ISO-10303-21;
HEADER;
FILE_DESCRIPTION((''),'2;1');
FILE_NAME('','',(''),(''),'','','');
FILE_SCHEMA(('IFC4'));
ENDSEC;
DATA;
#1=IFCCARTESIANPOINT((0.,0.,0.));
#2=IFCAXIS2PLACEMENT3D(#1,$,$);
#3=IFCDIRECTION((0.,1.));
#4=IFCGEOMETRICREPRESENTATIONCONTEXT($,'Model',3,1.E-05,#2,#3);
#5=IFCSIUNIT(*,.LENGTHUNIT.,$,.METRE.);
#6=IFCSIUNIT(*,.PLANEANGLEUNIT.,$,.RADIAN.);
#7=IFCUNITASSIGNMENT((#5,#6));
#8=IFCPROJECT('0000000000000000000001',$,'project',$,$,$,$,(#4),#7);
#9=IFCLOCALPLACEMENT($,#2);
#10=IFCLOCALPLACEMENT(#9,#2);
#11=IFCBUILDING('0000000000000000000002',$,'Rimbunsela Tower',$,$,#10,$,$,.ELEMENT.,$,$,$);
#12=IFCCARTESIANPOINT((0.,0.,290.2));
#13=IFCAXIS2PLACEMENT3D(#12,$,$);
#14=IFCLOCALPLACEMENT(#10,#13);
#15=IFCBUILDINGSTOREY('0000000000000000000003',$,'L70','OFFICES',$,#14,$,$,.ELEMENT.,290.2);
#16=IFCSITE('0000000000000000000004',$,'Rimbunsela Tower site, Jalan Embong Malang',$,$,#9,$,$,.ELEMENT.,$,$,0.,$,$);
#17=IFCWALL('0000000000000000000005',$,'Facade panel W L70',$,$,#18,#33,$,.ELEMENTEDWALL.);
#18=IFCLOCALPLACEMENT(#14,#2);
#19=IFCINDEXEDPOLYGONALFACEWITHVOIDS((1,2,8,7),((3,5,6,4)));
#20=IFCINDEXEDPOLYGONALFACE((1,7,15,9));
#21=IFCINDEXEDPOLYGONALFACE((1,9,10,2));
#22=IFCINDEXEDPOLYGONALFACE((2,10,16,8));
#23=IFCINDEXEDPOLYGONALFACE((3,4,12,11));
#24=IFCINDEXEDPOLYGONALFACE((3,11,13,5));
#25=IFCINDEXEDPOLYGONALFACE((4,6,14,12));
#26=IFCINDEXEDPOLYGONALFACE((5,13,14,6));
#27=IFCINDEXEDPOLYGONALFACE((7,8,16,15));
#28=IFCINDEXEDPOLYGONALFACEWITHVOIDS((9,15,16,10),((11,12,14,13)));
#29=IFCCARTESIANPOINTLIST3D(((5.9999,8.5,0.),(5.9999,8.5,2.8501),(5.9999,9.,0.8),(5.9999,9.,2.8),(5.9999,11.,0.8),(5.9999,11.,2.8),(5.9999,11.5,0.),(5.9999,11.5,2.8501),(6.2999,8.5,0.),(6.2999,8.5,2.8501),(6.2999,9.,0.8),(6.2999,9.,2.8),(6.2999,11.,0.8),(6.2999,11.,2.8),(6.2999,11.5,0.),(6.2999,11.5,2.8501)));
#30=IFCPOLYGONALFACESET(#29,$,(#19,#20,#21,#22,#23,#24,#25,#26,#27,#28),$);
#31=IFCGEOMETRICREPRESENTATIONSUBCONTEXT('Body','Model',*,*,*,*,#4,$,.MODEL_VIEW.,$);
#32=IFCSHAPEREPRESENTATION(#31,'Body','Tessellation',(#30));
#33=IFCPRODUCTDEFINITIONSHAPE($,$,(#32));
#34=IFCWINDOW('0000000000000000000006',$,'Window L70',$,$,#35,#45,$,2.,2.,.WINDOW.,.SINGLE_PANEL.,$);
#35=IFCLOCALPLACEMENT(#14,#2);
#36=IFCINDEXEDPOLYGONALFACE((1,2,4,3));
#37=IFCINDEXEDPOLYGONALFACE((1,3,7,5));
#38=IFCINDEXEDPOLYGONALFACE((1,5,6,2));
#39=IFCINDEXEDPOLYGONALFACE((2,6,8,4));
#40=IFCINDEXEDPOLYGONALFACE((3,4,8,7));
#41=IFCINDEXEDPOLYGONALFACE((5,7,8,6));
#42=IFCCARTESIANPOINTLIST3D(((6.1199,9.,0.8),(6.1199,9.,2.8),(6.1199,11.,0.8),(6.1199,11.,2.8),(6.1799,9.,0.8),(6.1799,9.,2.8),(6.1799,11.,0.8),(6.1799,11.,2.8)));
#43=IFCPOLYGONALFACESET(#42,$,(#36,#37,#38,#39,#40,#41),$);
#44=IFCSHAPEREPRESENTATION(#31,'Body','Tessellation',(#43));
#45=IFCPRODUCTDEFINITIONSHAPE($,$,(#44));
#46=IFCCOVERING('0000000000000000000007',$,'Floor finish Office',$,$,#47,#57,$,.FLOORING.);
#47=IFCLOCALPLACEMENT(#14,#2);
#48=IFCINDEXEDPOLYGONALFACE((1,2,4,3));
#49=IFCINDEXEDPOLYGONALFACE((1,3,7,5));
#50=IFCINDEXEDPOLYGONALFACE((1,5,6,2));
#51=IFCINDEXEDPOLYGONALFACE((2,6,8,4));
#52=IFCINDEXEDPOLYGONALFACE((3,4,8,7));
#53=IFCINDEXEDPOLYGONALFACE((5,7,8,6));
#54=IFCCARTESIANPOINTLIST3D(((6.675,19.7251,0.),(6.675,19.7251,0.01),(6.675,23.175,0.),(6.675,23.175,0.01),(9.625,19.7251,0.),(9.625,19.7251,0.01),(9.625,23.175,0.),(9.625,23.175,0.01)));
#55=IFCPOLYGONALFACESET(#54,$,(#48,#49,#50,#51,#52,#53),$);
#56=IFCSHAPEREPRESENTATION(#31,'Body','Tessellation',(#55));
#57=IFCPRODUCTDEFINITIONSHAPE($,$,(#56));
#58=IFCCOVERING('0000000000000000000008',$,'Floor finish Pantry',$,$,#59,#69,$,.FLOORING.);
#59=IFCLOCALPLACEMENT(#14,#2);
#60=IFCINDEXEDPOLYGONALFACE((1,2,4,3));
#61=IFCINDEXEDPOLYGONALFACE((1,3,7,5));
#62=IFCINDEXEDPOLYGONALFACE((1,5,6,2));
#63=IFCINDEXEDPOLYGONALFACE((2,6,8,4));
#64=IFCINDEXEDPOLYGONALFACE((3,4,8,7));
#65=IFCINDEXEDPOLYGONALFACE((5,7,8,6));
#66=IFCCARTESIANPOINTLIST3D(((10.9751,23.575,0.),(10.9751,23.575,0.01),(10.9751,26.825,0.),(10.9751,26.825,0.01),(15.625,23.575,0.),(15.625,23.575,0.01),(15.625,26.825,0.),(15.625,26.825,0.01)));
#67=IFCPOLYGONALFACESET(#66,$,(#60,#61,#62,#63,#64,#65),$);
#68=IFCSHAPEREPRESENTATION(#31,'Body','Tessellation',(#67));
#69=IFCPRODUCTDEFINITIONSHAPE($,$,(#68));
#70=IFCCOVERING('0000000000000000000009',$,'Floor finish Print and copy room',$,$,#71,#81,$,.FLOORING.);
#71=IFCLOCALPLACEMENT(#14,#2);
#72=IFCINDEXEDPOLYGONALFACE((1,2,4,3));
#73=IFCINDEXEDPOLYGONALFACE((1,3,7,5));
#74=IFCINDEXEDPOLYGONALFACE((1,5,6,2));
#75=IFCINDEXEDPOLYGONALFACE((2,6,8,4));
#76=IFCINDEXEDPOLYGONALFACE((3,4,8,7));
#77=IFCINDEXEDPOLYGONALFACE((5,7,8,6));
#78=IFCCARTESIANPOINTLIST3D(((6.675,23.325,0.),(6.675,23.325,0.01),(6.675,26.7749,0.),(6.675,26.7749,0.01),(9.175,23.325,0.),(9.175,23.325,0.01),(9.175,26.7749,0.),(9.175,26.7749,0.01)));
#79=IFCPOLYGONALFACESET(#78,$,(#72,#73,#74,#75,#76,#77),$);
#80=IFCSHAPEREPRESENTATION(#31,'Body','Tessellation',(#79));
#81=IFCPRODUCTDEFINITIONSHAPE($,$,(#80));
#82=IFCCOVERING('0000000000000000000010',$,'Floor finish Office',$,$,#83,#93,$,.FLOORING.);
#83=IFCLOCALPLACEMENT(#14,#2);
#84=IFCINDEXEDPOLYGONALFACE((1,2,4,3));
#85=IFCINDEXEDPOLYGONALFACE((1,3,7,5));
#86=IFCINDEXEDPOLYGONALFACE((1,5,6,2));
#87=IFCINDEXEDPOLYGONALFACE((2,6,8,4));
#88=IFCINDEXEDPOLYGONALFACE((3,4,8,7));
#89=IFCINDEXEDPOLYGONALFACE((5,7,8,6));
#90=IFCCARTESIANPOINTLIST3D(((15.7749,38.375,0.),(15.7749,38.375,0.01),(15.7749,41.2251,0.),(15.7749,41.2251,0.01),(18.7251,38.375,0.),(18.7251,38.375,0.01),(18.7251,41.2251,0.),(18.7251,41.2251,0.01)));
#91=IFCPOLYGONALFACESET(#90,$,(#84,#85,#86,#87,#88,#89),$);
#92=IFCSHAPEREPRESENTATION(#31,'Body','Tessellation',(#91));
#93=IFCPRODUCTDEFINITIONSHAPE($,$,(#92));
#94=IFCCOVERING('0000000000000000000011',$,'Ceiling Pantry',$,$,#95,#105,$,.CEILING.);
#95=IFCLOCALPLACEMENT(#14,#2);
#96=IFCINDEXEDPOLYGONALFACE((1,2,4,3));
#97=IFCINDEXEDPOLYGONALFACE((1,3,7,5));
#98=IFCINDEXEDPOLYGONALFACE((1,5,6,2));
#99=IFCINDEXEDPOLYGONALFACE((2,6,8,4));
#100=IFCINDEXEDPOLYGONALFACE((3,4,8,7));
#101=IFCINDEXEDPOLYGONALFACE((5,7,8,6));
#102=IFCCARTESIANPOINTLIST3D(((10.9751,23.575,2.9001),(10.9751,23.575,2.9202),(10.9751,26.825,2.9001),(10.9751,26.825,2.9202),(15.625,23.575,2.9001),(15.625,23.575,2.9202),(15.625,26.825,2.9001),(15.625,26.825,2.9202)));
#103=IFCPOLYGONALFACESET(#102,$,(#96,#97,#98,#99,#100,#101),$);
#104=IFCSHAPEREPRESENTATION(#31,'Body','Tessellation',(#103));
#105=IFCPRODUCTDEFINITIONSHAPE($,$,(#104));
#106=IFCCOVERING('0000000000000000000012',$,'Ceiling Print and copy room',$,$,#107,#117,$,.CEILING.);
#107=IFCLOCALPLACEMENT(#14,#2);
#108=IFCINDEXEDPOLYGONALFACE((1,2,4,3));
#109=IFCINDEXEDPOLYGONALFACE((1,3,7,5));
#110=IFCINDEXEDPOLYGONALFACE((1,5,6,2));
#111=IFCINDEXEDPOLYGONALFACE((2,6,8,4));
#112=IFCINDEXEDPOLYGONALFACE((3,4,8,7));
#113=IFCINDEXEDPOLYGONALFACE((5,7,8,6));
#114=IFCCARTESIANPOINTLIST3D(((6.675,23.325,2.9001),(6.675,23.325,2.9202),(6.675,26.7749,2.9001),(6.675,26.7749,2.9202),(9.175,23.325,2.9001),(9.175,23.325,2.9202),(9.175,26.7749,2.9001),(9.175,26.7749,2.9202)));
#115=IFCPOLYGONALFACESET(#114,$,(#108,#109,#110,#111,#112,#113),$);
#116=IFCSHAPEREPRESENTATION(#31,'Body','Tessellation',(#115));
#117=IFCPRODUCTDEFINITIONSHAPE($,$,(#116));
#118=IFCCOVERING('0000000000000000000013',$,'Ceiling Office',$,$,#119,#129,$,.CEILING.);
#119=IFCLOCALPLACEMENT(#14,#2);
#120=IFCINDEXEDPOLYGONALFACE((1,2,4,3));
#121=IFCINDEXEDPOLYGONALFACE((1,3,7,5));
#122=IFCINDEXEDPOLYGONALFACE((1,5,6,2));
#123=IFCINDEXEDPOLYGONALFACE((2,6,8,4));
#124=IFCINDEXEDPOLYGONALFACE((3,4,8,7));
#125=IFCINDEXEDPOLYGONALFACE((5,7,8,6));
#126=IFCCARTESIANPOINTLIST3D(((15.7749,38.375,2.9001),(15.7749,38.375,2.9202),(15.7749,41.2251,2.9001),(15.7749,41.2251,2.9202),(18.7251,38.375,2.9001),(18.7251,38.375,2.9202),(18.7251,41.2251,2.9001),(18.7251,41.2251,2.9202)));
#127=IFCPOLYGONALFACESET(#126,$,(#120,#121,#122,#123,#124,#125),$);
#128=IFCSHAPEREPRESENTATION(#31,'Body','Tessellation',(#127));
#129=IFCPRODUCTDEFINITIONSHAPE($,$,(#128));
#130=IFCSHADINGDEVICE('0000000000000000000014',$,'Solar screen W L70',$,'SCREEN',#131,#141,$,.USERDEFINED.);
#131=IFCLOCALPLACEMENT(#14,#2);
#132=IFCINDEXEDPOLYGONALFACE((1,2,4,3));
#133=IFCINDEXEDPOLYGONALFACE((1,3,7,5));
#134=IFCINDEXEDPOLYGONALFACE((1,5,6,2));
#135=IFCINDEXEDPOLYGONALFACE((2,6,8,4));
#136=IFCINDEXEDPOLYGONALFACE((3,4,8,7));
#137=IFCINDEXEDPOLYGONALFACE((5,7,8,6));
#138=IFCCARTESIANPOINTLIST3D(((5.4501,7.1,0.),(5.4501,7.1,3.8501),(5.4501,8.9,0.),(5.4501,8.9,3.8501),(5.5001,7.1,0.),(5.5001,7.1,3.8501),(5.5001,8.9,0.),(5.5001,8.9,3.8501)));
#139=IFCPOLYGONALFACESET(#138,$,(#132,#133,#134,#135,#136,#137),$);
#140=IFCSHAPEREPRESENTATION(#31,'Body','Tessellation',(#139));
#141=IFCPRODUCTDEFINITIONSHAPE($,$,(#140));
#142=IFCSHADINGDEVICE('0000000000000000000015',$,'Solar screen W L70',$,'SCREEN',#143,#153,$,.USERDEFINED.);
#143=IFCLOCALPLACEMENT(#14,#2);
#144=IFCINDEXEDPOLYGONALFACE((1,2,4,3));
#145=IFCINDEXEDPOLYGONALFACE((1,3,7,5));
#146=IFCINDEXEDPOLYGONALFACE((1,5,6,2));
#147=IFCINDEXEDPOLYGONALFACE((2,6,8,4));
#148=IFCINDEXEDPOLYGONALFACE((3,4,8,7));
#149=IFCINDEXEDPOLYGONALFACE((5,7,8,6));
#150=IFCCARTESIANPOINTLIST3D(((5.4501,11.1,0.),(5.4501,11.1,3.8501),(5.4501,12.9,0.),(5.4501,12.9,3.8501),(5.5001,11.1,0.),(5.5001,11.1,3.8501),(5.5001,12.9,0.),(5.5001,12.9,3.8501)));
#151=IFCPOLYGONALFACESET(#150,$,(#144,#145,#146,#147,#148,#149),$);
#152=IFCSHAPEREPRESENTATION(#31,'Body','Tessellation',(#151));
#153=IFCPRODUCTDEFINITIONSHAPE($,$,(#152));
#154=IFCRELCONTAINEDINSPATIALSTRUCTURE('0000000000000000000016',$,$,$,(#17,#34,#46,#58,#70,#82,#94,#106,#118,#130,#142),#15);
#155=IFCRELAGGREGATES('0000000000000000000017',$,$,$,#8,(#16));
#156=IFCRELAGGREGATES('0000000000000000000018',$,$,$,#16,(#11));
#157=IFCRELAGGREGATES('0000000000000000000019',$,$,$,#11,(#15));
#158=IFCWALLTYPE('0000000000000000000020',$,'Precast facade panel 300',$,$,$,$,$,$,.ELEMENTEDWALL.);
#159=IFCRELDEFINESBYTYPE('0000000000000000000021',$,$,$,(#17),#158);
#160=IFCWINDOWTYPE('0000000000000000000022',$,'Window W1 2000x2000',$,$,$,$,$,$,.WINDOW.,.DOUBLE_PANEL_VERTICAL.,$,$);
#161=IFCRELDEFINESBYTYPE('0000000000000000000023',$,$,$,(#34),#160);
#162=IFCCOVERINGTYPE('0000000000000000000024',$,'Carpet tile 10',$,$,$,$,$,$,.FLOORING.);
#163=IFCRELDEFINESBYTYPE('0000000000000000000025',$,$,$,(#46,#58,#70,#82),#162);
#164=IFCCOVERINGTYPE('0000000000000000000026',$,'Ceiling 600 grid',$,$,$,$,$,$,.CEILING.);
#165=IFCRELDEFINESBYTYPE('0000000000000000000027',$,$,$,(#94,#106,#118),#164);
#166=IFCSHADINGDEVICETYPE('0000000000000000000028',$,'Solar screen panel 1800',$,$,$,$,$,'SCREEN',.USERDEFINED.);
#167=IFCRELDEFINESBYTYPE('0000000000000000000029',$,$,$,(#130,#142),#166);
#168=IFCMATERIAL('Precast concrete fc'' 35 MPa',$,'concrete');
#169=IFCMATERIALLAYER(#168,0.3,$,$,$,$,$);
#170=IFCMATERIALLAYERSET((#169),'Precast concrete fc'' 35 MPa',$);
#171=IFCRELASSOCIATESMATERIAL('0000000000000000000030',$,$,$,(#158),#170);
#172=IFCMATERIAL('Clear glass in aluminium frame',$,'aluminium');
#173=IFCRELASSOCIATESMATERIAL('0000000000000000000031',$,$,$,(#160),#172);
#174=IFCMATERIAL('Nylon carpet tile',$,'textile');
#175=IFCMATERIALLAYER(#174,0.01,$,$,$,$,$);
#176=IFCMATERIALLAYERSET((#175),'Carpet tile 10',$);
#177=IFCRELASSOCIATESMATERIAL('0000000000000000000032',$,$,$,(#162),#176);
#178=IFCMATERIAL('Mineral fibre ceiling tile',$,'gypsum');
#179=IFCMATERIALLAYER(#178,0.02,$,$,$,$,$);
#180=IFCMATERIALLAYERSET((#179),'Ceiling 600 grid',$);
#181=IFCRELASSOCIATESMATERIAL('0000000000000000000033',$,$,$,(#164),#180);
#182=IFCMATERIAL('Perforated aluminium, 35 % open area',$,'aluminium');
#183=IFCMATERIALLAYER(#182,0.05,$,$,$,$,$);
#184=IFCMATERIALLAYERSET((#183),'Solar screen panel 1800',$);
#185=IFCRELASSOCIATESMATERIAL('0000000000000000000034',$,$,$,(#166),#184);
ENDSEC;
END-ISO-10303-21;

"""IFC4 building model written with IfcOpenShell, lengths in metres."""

from ifc_helpers import new_model, si_unit, direction, frame, frame_2d, origin, origin_2d, place, context, subcontext, project, spatial, polyline, rectangle, outline, extrude, material, layer, layer_set, type_object, element, fill, save


model = new_model("IFC4")

# Units and contexts
model_context = context("Model", 3, precision=1e-05, world=origin(), true_north=direction((0.0, 1.0)))
body_context = subcontext(model_context, "Body", "Model", "MODEL_VIEW")
ifc_project = project(units=[si_unit("LENGTHUNIT", "METRE"), si_unit("PLANEANGLEUNIT", "RADIAN")], contexts=[model_context])

# Site, building, storey
site_placement = place(None, origin())
site = spatial("IfcSite", under=ifc_project, at=site_placement, Name="Rimbunsela Tower site, Jalan Embong Malang", CompositionType="ELEMENT", RefElevation=0.0)
building_placement = place(site_placement, origin())
building = spatial("IfcBuilding", under=site, at=building_placement, Name="Rimbunsela Tower", CompositionType="ELEMENT")
storey_placement = place(building_placement, frame((0.0, 0.0, 290.2)))
storey = spatial("IfcBuildingStorey", under=building, at=storey_placement, Name="L70", Description="OFFICES", CompositionType="ELEMENT", Elevation=290.2)

# Shared definitions
ifc_material_1 = material(Name="Precast concrete fc' 35 MPa", Category="concrete")
ifc_layer_1 = layer(ifc_material_1, 0.3)
ifc_layer_set_1 = layer_set([ifc_layer_1], Name="Precast concrete fc' 35 MPa")
wall_type = type_object("IfcWallType", Name="Precast facade panel 300", PredefinedType="ELEMENTEDWALL", material=ifc_layer_set_1)

# Wall, opening, window
wall_1_placement = place(storey_placement, frame((6.1499, 11.5, 0.0), z_axis=(0.0, 0.0, 1.0), x_axis=(0.0, -1.0, 0.0)))
wall_1 = element("IfcWall", 1, at=wall_1_placement, inside=storey, type_object=wall_type, Name="Facade panel W L70", PredefinedType="ELEMENTEDWALL", context=body_context, shape_type="SweptSolid", body=[
    extrude(rectangle(XDim=3.0, YDim=0.3, at=frame_2d((1.5, 0.0))), origin(), (0.0, 0.0, 1.0), 2.8501),
])
opening_placement = place(wall_1_placement, frame((0.5, 0.0, 0.8)))
opening = element("IfcOpeningElement", 2, at=opening_placement, cuts=wall_1, PredefinedType="OPENING", context=body_context, shape_type="SweptSolid", body=[
    extrude(rectangle(XDim=2.0, YDim=2.0, at=frame_2d((1.0, 1.0))), frame((0.0, 0.1599, 0.0), z_axis=(0.0, -1.0, 0.0), x_axis=(1.0, 0.0, 0.0)), (0.0, 0.0, 1.0), 0.3201),
])
ifc_material_2 = material(Name="Clear glass in aluminium frame", Category="aluminium")
window_type = type_object("IfcWindowType", Name="Window W1 2000x2000", PartitioningType="DOUBLE_PANEL_VERTICAL", PredefinedType="WINDOW", material=ifc_material_2)
window_placement = place(opening_placement, origin())
window = element("IfcWindow", 3, at=window_placement, inside=storey, type_object=window_type, Name="Window L70", OverallHeight=2.0, OverallWidth=2.0, PartitioningType="SINGLE_PANEL", PredefinedType="WINDOW", context=body_context, shape_type="SweptSolid", body=[
    extrude(rectangle(XDim=2.0, YDim=2.0, at=frame_2d((1.0, 1.0))), frame((0.0, 0.03, 0.0), z_axis=(0.0, -1.0, 0.0), x_axis=(1.0, 0.0, 0.0)), (0.0, 0.0, 1.0), 0.0601),
])
fill(opening, window)

# Coverings
ifc_material_3 = material(Name="Nylon carpet tile", Category="textile")
ifc_layer_2 = layer(ifc_material_3, 0.01)
ifc_layer_set_2 = layer_set([ifc_layer_2], Name="Carpet tile 10")
covering_type_1 = type_object("IfcCoveringType", Name="Carpet tile 10", PredefinedType="FLOORING", material=ifc_layer_set_2)
covering_1_placement = place(storey_placement, origin())
element("IfcCovering", 4, at=covering_1_placement, inside=storey, type_object=covering_type_1, Name="Floor finish Office", PredefinedType="FLOORING", context=body_context, shape_type="SweptSolid", body=[
    extrude(outline(polyline([(9.625, 19.7251), (9.625, 23.175), (6.675, 23.175), (6.675, 19.7251), (9.625, 19.7251)])), origin(), (0.0, 0.0, 1.0), 0.01),
])
covering_2_placement = place(storey_placement, origin())
element("IfcCovering", 5, at=covering_2_placement, inside=storey, type_object=covering_type_1, Name="Floor finish Pantry", PredefinedType="FLOORING", context=body_context, shape_type="SweptSolid", body=[
    extrude(outline(polyline([(15.625, 23.575), (15.625, 26.825), (10.9751, 26.825), (10.9751, 23.575), (15.625, 23.575)])), origin(), (0.0, 0.0, 1.0), 0.01),
])
covering_3_placement = place(storey_placement, origin())
element("IfcCovering", 6, at=covering_3_placement, inside=storey, type_object=covering_type_1, Name="Floor finish Print and copy room", PredefinedType="FLOORING", context=body_context, shape_type="SweptSolid", body=[
    extrude(outline(polyline([(9.175, 23.325), (9.175, 26.7749), (6.675, 26.7749), (6.675, 23.325), (9.175, 23.325)])), origin(), (0.0, 0.0, 1.0), 0.01),
])
covering_4_placement = place(storey_placement, origin())
element("IfcCovering", 7, at=covering_4_placement, inside=storey, type_object=covering_type_1, Name="Floor finish Office", PredefinedType="FLOORING", context=body_context, shape_type="SweptSolid", body=[
    extrude(outline(polyline([(18.7251, 38.375), (18.7251, 41.2251), (15.7749, 41.2251), (15.7749, 38.375), (18.7251, 38.375)])), origin(), (0.0, 0.0, 1.0), 0.01),
])
ifc_material_4 = material(Name="Mineral fibre ceiling tile", Category="gypsum")
ifc_layer_3 = layer(ifc_material_4, 0.02)
ifc_layer_set_3 = layer_set([ifc_layer_3], Name="Ceiling 600 grid")
covering_type_2 = type_object("IfcCoveringType", Name="Ceiling 600 grid", PredefinedType="CEILING", material=ifc_layer_set_3)
covering_5_placement = place(storey_placement, frame((0.0, 0.0, 2.9001)))
element("IfcCovering", 8, at=covering_5_placement, inside=storey, type_object=covering_type_2, Name="Ceiling Pantry", PredefinedType="CEILING", context=body_context, shape_type="SweptSolid", body=[
    extrude(outline(polyline([(15.625, 23.575), (15.625, 26.825), (10.9751, 26.825), (10.9751, 23.575), (15.625, 23.575)])), origin(), (0.0, 0.0, 1.0), 0.02),
])
covering_6_placement = place(storey_placement, frame((0.0, 0.0, 2.9001)))
element("IfcCovering", 9, at=covering_6_placement, inside=storey, type_object=covering_type_2, Name="Ceiling Print and copy room", PredefinedType="CEILING", context=body_context, shape_type="SweptSolid", body=[
    extrude(outline(polyline([(9.175, 23.325), (9.175, 26.7749), (6.675, 26.7749), (6.675, 23.325), (9.175, 23.325)])), origin(), (0.0, 0.0, 1.0), 0.02),
])
covering_7_placement = place(storey_placement, frame((0.0, 0.0, 2.9001)))
element("IfcCovering", 10, at=covering_7_placement, inside=storey, type_object=covering_type_2, Name="Ceiling Office", PredefinedType="CEILING", context=body_context, shape_type="SweptSolid", body=[
    extrude(outline(polyline([(18.7251, 38.375), (18.7251, 41.2251), (15.7749, 41.2251), (15.7749, 38.375), (18.7251, 38.375)])), origin(), (0.0, 0.0, 1.0), 0.02),
])

# Shading devices
ifc_material_5 = material(Name="Perforated aluminium, 35 % open area", Category="aluminium")
ifc_layer_4 = layer(ifc_material_5, 0.05)
ifc_layer_set_4 = layer_set([ifc_layer_4], Name="Solar screen panel 1800")
shading_device_type = type_object("IfcShadingDeviceType", Name="Solar screen panel 1800", ElementType="SCREEN", PredefinedType="USERDEFINED", material=ifc_layer_set_4)
for number, where, z_axis, x_axis, name in (
    (11, (5.4751, 8.0, 0.0), (0.0, 0.0, 1.0), (0.0, 1.0, 0.0), "Solar screen W L70"),
    (12, (5.4751, 12.0, 0.0), (0.0, 0.0, 1.0), (0.0, 1.0, 0.0), "Solar screen W L70"),
):
    element("IfcShadingDevice", number, at=place(storey_placement, frame(where, z_axis=z_axis, x_axis=x_axis)), inside=storey, type_object=shading_device_type, Name=name, ObjectType="SCREEN", PredefinedType="USERDEFINED", context=body_context, shape_type="SweptSolid", body=[
        extrude(rectangle(XDim=1.8, YDim=0.05, at=origin_2d()), origin(), (0.0, 0.0, 1.0), 3.8501),
    ])

save(model, "model.ifc")
